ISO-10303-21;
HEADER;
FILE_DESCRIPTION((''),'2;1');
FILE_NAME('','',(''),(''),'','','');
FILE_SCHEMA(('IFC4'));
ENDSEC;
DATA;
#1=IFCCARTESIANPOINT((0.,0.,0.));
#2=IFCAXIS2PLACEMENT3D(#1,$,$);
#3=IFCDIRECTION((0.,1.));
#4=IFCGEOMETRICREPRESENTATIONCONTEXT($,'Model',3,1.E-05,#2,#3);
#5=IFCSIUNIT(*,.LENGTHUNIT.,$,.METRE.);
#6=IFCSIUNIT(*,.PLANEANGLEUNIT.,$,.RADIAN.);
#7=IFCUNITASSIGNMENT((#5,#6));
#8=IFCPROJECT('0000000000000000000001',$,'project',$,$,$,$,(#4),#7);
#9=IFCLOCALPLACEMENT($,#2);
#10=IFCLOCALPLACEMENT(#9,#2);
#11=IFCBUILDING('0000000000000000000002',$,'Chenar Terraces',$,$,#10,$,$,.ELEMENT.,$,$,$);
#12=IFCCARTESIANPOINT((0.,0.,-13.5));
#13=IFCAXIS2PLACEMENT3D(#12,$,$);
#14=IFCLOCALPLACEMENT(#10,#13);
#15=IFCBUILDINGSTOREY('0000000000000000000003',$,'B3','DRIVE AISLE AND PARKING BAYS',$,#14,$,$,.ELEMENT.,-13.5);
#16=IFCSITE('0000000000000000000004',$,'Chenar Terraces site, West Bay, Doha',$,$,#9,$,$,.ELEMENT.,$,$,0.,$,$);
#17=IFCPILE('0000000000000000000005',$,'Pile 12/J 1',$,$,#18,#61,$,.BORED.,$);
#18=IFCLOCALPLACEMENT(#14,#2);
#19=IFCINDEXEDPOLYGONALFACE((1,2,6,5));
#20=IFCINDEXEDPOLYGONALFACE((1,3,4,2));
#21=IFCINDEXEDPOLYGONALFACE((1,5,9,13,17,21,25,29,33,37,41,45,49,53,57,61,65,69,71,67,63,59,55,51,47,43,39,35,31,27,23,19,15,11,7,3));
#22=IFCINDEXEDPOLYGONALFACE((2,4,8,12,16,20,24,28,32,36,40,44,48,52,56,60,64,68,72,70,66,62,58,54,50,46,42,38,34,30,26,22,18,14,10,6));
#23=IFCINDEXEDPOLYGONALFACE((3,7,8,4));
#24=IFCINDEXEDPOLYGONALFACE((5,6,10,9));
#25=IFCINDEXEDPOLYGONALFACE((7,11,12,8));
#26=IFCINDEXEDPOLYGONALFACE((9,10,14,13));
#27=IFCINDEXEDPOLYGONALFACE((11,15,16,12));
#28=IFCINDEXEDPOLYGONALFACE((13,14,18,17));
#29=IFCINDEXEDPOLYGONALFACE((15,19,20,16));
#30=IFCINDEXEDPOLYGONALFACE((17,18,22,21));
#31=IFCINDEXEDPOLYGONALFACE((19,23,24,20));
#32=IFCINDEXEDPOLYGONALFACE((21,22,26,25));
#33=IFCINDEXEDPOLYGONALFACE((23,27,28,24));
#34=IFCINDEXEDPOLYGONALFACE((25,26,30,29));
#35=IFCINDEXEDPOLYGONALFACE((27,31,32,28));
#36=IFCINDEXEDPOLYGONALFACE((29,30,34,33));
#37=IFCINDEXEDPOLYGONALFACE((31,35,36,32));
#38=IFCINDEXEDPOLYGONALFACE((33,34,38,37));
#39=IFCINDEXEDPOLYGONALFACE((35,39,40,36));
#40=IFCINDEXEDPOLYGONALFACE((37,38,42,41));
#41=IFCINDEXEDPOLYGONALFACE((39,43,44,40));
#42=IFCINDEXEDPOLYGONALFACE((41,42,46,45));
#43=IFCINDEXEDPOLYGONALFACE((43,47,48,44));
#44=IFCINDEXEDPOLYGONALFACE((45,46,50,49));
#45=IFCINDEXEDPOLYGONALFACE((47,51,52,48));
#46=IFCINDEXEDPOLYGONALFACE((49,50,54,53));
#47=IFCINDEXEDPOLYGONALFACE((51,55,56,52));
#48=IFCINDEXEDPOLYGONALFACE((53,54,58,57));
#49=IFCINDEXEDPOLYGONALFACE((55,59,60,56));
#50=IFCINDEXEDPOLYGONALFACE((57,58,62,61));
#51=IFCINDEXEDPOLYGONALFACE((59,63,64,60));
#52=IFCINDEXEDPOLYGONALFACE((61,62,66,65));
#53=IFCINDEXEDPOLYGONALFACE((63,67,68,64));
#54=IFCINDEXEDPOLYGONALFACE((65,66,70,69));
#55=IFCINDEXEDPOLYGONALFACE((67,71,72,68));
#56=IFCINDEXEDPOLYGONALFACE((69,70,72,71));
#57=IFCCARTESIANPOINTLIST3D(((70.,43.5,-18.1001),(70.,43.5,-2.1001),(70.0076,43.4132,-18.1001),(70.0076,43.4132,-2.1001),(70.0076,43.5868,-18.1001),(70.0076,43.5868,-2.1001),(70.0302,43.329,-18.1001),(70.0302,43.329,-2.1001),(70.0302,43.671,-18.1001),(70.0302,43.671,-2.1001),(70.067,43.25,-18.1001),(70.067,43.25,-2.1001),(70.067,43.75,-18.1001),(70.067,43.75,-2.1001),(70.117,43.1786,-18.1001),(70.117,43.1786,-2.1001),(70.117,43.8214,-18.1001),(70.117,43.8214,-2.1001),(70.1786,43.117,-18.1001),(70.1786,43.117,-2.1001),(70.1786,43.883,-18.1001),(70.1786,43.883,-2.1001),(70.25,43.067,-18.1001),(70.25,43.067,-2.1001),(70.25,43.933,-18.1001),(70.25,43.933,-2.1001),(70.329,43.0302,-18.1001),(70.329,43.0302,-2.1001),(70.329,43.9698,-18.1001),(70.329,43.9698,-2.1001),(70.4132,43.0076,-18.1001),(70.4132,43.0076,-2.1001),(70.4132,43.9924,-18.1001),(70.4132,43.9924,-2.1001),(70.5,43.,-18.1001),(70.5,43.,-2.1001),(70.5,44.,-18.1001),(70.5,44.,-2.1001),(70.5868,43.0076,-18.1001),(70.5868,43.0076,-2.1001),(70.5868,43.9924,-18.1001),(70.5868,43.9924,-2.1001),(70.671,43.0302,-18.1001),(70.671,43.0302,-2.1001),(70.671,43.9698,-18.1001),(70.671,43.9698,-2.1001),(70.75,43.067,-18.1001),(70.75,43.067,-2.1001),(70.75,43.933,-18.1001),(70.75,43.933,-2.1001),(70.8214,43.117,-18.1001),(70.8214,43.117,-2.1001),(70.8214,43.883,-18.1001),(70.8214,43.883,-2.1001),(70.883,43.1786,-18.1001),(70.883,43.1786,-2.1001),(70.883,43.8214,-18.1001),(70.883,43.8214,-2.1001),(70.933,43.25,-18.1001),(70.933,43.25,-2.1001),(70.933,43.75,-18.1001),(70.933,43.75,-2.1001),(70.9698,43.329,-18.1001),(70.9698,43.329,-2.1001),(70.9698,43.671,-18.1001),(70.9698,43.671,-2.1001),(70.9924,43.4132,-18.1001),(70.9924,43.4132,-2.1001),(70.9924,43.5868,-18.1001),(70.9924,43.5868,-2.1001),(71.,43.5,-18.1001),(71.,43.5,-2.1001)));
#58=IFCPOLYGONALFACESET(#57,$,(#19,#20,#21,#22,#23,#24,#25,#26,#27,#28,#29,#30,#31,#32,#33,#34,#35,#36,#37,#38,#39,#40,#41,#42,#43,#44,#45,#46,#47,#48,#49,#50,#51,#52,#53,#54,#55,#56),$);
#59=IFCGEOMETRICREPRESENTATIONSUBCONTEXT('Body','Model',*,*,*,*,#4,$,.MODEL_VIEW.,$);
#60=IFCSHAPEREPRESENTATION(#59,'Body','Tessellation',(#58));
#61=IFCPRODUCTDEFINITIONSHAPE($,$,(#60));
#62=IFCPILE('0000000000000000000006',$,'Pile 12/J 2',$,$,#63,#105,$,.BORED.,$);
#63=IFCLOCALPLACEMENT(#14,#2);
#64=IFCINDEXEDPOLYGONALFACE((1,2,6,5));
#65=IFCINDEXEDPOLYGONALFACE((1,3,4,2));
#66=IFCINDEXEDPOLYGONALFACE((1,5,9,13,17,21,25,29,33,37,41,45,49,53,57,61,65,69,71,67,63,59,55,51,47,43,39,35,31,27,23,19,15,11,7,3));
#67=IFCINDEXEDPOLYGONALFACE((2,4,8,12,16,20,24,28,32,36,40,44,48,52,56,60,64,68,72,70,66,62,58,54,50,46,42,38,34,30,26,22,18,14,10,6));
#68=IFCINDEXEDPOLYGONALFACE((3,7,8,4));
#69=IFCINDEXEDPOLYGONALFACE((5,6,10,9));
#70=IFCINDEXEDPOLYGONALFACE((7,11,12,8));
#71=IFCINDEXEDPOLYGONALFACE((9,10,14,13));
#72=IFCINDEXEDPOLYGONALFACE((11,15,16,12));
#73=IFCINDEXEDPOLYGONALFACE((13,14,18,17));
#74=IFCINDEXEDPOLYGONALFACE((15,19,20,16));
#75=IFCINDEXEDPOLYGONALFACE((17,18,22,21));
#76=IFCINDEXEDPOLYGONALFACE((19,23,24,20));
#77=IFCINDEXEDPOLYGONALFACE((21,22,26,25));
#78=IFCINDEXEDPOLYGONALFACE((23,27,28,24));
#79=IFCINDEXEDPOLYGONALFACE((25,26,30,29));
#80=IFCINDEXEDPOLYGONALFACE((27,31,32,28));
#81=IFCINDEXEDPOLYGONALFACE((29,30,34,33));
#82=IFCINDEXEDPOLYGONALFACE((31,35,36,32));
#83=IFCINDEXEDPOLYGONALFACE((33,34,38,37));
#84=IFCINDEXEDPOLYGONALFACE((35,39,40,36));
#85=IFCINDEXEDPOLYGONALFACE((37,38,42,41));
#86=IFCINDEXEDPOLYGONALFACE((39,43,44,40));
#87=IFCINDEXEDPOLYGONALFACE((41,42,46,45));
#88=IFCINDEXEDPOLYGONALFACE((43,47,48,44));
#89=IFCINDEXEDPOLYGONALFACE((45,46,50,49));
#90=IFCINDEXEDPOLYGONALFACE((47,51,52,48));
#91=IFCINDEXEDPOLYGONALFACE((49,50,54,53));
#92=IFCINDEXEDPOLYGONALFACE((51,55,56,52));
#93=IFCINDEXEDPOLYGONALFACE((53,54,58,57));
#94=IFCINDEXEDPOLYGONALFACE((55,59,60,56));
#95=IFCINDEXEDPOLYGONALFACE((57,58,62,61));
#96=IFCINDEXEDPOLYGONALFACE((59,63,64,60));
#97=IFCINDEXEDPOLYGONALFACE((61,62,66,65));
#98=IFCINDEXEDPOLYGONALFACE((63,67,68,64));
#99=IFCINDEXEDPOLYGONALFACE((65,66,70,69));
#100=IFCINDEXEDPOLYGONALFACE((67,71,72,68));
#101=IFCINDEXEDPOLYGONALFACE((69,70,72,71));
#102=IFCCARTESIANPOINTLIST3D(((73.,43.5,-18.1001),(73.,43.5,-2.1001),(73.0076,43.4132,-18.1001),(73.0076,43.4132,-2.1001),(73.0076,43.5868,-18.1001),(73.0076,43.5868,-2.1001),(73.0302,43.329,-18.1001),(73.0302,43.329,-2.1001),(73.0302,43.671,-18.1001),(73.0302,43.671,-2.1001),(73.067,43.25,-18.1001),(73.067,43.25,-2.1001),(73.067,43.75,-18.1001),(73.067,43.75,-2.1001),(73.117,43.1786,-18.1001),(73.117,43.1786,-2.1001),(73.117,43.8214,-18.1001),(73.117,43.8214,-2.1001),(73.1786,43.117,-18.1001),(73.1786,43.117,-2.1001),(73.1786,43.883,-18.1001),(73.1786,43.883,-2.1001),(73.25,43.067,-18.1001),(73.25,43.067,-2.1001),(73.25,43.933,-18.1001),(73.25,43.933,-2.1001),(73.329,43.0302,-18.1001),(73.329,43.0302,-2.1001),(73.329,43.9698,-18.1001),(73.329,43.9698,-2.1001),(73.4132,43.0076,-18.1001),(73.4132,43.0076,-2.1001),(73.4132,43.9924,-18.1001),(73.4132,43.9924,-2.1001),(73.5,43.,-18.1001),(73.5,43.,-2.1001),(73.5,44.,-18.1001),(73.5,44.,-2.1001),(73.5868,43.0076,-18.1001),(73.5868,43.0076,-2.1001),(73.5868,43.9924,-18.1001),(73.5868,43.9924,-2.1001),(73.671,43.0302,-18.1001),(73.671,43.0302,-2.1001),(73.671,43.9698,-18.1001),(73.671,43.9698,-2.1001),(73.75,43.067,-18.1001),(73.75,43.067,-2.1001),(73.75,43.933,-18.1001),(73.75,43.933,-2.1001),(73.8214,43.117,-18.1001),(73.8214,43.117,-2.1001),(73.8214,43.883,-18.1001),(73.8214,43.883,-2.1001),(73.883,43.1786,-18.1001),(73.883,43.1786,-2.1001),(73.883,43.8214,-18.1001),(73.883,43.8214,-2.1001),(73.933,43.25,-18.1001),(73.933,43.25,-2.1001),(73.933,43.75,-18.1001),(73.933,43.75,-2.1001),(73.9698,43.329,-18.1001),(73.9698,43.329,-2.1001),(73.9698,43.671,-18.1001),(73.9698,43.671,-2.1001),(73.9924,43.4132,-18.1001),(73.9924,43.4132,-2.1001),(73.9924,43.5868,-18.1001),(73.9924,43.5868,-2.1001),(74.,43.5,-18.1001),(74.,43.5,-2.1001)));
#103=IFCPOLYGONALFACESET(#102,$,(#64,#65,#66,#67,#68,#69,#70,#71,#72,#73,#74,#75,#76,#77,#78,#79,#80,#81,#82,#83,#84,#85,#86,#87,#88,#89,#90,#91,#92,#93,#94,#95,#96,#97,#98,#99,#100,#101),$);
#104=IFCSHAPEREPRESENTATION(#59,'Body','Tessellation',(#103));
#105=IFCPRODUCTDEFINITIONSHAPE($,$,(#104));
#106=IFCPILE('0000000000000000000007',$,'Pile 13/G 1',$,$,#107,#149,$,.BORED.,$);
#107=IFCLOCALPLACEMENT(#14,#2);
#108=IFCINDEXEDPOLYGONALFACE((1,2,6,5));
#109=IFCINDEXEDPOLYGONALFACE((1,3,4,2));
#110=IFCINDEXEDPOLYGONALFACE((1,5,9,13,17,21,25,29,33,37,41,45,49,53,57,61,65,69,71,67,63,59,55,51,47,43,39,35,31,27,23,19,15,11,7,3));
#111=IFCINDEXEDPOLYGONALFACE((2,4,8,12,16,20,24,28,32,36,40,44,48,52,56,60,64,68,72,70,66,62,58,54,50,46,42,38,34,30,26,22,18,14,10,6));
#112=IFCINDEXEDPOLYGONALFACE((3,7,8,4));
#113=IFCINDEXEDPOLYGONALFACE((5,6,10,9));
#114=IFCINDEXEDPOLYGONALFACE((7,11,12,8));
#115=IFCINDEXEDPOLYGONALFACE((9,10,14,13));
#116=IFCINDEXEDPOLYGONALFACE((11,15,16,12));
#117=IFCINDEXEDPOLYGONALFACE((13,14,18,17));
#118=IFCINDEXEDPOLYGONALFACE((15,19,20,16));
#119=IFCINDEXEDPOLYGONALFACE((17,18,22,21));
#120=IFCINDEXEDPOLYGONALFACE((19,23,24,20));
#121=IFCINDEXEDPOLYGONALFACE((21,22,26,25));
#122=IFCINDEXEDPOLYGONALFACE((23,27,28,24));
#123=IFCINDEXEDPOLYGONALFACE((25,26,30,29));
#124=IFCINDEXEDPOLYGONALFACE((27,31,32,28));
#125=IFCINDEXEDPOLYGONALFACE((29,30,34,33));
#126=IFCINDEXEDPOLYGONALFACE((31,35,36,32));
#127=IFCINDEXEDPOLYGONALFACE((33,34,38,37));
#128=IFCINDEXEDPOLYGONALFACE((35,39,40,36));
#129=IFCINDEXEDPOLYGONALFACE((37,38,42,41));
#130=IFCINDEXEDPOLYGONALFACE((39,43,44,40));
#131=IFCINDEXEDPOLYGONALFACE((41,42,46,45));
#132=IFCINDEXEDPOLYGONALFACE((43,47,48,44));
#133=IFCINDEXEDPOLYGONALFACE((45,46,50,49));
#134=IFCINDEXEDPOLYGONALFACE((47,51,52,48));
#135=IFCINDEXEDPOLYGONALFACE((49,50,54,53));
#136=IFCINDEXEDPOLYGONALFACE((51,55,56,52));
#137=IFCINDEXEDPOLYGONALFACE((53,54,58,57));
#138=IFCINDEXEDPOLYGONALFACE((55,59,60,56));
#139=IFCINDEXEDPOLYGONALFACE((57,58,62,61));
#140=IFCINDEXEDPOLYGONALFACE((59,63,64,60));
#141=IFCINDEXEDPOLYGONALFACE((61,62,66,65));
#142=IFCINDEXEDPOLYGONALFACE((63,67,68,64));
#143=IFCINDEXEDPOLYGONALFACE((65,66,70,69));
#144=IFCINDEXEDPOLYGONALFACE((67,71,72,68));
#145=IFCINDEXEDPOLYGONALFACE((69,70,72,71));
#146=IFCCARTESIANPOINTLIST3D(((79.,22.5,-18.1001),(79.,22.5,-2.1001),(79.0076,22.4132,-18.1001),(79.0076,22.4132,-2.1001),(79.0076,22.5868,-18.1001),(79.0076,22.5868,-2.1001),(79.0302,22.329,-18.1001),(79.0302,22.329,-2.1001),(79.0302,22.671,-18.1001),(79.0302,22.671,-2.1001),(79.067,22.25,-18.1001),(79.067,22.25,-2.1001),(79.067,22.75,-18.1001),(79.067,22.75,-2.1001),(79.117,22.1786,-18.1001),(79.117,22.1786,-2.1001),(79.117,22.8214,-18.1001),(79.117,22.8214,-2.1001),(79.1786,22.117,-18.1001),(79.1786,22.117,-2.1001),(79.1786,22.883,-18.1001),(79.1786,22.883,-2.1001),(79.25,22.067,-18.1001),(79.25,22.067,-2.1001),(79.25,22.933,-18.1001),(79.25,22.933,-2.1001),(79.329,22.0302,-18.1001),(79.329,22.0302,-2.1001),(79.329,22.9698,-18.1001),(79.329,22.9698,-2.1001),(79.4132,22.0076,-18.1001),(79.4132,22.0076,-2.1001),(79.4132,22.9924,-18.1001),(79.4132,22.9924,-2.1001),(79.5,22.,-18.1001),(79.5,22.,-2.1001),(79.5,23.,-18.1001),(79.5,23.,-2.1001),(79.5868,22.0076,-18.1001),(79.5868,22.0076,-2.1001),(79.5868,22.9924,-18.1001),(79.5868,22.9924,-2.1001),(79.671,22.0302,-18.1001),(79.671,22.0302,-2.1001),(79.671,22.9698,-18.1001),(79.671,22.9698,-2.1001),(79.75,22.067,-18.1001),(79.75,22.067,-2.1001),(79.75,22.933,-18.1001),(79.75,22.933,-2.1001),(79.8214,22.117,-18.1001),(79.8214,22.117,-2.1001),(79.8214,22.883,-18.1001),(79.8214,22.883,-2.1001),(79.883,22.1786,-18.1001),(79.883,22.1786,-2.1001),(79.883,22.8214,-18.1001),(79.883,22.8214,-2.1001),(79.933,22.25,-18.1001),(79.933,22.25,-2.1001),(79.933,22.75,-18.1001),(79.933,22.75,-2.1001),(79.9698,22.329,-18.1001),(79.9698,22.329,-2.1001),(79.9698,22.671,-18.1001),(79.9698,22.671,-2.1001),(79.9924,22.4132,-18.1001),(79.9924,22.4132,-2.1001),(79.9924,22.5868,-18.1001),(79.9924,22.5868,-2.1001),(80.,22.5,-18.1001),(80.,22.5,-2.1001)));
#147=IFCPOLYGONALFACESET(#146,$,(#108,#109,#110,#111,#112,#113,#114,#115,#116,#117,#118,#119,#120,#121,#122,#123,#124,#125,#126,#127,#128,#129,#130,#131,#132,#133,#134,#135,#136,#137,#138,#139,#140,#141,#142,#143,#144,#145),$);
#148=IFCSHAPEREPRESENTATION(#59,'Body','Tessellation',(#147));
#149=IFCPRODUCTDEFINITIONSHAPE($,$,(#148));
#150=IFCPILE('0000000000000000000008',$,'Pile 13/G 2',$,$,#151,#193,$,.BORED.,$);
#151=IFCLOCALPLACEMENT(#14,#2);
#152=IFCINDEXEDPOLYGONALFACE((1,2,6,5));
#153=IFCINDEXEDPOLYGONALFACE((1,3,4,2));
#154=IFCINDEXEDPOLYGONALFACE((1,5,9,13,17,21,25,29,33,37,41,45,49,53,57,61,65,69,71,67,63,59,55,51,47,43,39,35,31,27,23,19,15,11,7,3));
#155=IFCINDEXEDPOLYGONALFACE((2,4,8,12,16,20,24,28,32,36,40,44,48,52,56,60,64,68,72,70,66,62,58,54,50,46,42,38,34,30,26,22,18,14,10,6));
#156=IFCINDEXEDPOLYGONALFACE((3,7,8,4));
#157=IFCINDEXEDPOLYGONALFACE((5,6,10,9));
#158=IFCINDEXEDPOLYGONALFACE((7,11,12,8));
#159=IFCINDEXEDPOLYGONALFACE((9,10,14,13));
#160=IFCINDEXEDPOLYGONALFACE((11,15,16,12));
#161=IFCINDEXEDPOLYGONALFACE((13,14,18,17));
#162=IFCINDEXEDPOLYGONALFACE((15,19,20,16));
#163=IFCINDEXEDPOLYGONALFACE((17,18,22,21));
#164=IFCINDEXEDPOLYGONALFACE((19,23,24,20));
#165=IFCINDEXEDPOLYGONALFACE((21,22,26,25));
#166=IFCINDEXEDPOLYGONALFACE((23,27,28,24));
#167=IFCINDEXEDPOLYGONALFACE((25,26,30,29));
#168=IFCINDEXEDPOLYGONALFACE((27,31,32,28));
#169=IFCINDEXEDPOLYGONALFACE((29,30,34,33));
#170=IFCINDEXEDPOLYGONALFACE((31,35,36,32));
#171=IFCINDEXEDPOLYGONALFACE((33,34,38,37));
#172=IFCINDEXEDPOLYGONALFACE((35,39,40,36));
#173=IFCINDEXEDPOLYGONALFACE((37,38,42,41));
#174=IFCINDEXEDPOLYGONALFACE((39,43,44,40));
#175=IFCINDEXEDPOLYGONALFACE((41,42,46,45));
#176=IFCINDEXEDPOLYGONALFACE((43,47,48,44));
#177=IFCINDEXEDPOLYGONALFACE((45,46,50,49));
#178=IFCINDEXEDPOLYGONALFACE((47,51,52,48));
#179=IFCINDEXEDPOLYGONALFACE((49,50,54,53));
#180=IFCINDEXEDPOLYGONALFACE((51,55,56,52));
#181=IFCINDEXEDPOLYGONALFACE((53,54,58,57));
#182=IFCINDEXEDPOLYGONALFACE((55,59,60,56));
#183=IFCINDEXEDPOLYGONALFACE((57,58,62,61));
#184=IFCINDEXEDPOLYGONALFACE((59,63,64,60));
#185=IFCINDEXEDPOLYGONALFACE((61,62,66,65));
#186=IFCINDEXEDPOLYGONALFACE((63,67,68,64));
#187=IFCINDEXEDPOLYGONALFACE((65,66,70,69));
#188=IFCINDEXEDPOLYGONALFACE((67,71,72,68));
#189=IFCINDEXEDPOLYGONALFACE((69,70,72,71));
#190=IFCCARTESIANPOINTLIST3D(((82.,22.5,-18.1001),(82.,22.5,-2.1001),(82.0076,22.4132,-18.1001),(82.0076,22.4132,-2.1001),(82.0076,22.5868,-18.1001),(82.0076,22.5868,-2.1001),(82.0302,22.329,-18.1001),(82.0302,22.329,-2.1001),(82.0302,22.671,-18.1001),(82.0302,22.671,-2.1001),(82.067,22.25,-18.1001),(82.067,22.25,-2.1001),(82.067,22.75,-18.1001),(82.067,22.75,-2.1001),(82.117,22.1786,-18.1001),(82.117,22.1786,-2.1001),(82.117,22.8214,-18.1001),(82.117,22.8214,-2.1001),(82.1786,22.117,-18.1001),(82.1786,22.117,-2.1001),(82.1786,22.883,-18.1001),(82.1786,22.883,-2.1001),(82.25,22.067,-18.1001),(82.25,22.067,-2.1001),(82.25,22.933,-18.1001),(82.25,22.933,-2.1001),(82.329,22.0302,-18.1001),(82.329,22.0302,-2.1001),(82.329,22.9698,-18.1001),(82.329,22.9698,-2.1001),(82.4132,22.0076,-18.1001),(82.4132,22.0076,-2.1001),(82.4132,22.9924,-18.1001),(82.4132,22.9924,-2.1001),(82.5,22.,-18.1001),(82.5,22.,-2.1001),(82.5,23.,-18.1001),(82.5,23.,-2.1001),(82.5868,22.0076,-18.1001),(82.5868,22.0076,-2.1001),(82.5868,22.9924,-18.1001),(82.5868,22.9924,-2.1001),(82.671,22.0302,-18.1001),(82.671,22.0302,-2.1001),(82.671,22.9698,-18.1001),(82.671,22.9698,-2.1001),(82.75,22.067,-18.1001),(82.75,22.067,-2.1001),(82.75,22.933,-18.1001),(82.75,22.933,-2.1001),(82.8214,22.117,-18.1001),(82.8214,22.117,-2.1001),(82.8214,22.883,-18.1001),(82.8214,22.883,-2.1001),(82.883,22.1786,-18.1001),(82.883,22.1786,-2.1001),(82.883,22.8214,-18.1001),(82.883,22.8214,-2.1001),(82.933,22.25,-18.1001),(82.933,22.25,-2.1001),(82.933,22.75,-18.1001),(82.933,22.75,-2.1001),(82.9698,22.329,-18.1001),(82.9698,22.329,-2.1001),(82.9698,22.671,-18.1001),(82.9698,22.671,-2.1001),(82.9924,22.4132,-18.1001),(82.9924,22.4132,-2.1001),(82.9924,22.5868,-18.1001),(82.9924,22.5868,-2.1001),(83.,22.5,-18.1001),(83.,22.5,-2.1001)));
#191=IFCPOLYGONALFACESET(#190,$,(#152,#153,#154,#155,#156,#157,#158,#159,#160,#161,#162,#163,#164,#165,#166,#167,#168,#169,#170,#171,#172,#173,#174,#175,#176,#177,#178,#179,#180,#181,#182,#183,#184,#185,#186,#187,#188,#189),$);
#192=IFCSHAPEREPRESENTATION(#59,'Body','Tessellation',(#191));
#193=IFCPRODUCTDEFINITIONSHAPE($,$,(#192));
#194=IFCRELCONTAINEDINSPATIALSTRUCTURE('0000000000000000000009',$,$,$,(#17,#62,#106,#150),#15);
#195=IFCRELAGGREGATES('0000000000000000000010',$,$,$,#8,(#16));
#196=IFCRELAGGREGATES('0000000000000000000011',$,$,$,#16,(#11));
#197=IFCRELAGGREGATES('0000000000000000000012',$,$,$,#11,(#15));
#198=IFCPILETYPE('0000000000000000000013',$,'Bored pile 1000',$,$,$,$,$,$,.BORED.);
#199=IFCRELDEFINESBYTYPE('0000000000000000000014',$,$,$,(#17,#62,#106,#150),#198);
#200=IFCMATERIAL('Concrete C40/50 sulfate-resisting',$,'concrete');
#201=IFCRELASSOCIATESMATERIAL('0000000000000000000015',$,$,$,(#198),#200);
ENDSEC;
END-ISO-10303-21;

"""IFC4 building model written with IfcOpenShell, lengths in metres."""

from ifc_helpers import new_model, si_unit, direction, frame, origin, origin_2d, place, context, subcontext, project, spatial, circle, extrude, material, material_profile, profile_set, type_object, element, save


model = new_model("IFC4")

# Units and contexts
model_context = context("Model", 3, precision=1e-05, world=origin(), true_north=direction((0.0, 1.0)))
body_context = subcontext(model_context, "Body", "Model", "MODEL_VIEW")
ifc_project = project(units=[si_unit("LENGTHUNIT", "METRE"), si_unit("PLANEANGLEUNIT", "RADIAN")], contexts=[model_context])

# Site, building, storey
site_placement = place(None, origin())
site = spatial("IfcSite", under=ifc_project, at=site_placement, Name="Chenar Terraces site, West Bay, Doha", CompositionType="ELEMENT", RefElevation=0.0)
building_placement = place(site_placement, origin())
building = spatial("IfcBuilding", under=site, at=building_placement, Name="Chenar Terraces", CompositionType="ELEMENT")
storey_placement = place(building_placement, frame((0.0, 0.0, -13.5)))
storey = spatial("IfcBuildingStorey", under=building, at=storey_placement, Name="B3", Description="DRIVE AISLE AND PARKING BAYS", CompositionType="ELEMENT", Elevation=-13.5)

# Piles
ifc_material_1 = material(Name="Concrete C40/50 sulfate-resisting", Category="concrete")
ifc_material_profile_1 = material_profile(ifc_material_1, circle(Radius=0.5, at=origin_2d()), Name="BP 1000")
ifc_profile_set_1 = profile_set([ifc_material_profile_1], Name="Concrete C40/50 sulfate-resisting")
pile_type_1 = type_object("IfcPileType", Name="Bored pile 1000", PredefinedType="BORED", material=ifc_profile_set_1)
for number, where, z_axis, x_axis, name in (
    (1, (70.5, 43.5, -2.1001), (0.0, 0.0, -1.0), (1.0, 0.0, 0.0), "Pile 12/J 1"),
    (2, (73.5, 43.5, -2.1001), (0.0, 0.0, -1.0), (1.0, 0.0, 0.0), "Pile 12/J 2"),
    (3, (79.5, 22.5, -2.1001), (0.0, 0.0, -1.0), (1.0, 0.0, 0.0), "Pile 13/G 1"),
    (4, (82.5, 22.5, -2.1001), (0.0, 0.0, -1.0), (1.0, 0.0, 0.0), "Pile 13/G 2"),
):
    element("IfcPile", number, at=place(storey_placement, frame(where, z_axis=z_axis, x_axis=x_axis)), inside=storey, type_object=pile_type_1, Name=name, PredefinedType="BORED", context=body_context, shape_type="SweptSolid", body=[
        extrude(circle(Radius=0.5, at=origin_2d()), origin(), (0.0, 0.0, 1.0), 16.0),
    ])

save(model, "model.ifc")
